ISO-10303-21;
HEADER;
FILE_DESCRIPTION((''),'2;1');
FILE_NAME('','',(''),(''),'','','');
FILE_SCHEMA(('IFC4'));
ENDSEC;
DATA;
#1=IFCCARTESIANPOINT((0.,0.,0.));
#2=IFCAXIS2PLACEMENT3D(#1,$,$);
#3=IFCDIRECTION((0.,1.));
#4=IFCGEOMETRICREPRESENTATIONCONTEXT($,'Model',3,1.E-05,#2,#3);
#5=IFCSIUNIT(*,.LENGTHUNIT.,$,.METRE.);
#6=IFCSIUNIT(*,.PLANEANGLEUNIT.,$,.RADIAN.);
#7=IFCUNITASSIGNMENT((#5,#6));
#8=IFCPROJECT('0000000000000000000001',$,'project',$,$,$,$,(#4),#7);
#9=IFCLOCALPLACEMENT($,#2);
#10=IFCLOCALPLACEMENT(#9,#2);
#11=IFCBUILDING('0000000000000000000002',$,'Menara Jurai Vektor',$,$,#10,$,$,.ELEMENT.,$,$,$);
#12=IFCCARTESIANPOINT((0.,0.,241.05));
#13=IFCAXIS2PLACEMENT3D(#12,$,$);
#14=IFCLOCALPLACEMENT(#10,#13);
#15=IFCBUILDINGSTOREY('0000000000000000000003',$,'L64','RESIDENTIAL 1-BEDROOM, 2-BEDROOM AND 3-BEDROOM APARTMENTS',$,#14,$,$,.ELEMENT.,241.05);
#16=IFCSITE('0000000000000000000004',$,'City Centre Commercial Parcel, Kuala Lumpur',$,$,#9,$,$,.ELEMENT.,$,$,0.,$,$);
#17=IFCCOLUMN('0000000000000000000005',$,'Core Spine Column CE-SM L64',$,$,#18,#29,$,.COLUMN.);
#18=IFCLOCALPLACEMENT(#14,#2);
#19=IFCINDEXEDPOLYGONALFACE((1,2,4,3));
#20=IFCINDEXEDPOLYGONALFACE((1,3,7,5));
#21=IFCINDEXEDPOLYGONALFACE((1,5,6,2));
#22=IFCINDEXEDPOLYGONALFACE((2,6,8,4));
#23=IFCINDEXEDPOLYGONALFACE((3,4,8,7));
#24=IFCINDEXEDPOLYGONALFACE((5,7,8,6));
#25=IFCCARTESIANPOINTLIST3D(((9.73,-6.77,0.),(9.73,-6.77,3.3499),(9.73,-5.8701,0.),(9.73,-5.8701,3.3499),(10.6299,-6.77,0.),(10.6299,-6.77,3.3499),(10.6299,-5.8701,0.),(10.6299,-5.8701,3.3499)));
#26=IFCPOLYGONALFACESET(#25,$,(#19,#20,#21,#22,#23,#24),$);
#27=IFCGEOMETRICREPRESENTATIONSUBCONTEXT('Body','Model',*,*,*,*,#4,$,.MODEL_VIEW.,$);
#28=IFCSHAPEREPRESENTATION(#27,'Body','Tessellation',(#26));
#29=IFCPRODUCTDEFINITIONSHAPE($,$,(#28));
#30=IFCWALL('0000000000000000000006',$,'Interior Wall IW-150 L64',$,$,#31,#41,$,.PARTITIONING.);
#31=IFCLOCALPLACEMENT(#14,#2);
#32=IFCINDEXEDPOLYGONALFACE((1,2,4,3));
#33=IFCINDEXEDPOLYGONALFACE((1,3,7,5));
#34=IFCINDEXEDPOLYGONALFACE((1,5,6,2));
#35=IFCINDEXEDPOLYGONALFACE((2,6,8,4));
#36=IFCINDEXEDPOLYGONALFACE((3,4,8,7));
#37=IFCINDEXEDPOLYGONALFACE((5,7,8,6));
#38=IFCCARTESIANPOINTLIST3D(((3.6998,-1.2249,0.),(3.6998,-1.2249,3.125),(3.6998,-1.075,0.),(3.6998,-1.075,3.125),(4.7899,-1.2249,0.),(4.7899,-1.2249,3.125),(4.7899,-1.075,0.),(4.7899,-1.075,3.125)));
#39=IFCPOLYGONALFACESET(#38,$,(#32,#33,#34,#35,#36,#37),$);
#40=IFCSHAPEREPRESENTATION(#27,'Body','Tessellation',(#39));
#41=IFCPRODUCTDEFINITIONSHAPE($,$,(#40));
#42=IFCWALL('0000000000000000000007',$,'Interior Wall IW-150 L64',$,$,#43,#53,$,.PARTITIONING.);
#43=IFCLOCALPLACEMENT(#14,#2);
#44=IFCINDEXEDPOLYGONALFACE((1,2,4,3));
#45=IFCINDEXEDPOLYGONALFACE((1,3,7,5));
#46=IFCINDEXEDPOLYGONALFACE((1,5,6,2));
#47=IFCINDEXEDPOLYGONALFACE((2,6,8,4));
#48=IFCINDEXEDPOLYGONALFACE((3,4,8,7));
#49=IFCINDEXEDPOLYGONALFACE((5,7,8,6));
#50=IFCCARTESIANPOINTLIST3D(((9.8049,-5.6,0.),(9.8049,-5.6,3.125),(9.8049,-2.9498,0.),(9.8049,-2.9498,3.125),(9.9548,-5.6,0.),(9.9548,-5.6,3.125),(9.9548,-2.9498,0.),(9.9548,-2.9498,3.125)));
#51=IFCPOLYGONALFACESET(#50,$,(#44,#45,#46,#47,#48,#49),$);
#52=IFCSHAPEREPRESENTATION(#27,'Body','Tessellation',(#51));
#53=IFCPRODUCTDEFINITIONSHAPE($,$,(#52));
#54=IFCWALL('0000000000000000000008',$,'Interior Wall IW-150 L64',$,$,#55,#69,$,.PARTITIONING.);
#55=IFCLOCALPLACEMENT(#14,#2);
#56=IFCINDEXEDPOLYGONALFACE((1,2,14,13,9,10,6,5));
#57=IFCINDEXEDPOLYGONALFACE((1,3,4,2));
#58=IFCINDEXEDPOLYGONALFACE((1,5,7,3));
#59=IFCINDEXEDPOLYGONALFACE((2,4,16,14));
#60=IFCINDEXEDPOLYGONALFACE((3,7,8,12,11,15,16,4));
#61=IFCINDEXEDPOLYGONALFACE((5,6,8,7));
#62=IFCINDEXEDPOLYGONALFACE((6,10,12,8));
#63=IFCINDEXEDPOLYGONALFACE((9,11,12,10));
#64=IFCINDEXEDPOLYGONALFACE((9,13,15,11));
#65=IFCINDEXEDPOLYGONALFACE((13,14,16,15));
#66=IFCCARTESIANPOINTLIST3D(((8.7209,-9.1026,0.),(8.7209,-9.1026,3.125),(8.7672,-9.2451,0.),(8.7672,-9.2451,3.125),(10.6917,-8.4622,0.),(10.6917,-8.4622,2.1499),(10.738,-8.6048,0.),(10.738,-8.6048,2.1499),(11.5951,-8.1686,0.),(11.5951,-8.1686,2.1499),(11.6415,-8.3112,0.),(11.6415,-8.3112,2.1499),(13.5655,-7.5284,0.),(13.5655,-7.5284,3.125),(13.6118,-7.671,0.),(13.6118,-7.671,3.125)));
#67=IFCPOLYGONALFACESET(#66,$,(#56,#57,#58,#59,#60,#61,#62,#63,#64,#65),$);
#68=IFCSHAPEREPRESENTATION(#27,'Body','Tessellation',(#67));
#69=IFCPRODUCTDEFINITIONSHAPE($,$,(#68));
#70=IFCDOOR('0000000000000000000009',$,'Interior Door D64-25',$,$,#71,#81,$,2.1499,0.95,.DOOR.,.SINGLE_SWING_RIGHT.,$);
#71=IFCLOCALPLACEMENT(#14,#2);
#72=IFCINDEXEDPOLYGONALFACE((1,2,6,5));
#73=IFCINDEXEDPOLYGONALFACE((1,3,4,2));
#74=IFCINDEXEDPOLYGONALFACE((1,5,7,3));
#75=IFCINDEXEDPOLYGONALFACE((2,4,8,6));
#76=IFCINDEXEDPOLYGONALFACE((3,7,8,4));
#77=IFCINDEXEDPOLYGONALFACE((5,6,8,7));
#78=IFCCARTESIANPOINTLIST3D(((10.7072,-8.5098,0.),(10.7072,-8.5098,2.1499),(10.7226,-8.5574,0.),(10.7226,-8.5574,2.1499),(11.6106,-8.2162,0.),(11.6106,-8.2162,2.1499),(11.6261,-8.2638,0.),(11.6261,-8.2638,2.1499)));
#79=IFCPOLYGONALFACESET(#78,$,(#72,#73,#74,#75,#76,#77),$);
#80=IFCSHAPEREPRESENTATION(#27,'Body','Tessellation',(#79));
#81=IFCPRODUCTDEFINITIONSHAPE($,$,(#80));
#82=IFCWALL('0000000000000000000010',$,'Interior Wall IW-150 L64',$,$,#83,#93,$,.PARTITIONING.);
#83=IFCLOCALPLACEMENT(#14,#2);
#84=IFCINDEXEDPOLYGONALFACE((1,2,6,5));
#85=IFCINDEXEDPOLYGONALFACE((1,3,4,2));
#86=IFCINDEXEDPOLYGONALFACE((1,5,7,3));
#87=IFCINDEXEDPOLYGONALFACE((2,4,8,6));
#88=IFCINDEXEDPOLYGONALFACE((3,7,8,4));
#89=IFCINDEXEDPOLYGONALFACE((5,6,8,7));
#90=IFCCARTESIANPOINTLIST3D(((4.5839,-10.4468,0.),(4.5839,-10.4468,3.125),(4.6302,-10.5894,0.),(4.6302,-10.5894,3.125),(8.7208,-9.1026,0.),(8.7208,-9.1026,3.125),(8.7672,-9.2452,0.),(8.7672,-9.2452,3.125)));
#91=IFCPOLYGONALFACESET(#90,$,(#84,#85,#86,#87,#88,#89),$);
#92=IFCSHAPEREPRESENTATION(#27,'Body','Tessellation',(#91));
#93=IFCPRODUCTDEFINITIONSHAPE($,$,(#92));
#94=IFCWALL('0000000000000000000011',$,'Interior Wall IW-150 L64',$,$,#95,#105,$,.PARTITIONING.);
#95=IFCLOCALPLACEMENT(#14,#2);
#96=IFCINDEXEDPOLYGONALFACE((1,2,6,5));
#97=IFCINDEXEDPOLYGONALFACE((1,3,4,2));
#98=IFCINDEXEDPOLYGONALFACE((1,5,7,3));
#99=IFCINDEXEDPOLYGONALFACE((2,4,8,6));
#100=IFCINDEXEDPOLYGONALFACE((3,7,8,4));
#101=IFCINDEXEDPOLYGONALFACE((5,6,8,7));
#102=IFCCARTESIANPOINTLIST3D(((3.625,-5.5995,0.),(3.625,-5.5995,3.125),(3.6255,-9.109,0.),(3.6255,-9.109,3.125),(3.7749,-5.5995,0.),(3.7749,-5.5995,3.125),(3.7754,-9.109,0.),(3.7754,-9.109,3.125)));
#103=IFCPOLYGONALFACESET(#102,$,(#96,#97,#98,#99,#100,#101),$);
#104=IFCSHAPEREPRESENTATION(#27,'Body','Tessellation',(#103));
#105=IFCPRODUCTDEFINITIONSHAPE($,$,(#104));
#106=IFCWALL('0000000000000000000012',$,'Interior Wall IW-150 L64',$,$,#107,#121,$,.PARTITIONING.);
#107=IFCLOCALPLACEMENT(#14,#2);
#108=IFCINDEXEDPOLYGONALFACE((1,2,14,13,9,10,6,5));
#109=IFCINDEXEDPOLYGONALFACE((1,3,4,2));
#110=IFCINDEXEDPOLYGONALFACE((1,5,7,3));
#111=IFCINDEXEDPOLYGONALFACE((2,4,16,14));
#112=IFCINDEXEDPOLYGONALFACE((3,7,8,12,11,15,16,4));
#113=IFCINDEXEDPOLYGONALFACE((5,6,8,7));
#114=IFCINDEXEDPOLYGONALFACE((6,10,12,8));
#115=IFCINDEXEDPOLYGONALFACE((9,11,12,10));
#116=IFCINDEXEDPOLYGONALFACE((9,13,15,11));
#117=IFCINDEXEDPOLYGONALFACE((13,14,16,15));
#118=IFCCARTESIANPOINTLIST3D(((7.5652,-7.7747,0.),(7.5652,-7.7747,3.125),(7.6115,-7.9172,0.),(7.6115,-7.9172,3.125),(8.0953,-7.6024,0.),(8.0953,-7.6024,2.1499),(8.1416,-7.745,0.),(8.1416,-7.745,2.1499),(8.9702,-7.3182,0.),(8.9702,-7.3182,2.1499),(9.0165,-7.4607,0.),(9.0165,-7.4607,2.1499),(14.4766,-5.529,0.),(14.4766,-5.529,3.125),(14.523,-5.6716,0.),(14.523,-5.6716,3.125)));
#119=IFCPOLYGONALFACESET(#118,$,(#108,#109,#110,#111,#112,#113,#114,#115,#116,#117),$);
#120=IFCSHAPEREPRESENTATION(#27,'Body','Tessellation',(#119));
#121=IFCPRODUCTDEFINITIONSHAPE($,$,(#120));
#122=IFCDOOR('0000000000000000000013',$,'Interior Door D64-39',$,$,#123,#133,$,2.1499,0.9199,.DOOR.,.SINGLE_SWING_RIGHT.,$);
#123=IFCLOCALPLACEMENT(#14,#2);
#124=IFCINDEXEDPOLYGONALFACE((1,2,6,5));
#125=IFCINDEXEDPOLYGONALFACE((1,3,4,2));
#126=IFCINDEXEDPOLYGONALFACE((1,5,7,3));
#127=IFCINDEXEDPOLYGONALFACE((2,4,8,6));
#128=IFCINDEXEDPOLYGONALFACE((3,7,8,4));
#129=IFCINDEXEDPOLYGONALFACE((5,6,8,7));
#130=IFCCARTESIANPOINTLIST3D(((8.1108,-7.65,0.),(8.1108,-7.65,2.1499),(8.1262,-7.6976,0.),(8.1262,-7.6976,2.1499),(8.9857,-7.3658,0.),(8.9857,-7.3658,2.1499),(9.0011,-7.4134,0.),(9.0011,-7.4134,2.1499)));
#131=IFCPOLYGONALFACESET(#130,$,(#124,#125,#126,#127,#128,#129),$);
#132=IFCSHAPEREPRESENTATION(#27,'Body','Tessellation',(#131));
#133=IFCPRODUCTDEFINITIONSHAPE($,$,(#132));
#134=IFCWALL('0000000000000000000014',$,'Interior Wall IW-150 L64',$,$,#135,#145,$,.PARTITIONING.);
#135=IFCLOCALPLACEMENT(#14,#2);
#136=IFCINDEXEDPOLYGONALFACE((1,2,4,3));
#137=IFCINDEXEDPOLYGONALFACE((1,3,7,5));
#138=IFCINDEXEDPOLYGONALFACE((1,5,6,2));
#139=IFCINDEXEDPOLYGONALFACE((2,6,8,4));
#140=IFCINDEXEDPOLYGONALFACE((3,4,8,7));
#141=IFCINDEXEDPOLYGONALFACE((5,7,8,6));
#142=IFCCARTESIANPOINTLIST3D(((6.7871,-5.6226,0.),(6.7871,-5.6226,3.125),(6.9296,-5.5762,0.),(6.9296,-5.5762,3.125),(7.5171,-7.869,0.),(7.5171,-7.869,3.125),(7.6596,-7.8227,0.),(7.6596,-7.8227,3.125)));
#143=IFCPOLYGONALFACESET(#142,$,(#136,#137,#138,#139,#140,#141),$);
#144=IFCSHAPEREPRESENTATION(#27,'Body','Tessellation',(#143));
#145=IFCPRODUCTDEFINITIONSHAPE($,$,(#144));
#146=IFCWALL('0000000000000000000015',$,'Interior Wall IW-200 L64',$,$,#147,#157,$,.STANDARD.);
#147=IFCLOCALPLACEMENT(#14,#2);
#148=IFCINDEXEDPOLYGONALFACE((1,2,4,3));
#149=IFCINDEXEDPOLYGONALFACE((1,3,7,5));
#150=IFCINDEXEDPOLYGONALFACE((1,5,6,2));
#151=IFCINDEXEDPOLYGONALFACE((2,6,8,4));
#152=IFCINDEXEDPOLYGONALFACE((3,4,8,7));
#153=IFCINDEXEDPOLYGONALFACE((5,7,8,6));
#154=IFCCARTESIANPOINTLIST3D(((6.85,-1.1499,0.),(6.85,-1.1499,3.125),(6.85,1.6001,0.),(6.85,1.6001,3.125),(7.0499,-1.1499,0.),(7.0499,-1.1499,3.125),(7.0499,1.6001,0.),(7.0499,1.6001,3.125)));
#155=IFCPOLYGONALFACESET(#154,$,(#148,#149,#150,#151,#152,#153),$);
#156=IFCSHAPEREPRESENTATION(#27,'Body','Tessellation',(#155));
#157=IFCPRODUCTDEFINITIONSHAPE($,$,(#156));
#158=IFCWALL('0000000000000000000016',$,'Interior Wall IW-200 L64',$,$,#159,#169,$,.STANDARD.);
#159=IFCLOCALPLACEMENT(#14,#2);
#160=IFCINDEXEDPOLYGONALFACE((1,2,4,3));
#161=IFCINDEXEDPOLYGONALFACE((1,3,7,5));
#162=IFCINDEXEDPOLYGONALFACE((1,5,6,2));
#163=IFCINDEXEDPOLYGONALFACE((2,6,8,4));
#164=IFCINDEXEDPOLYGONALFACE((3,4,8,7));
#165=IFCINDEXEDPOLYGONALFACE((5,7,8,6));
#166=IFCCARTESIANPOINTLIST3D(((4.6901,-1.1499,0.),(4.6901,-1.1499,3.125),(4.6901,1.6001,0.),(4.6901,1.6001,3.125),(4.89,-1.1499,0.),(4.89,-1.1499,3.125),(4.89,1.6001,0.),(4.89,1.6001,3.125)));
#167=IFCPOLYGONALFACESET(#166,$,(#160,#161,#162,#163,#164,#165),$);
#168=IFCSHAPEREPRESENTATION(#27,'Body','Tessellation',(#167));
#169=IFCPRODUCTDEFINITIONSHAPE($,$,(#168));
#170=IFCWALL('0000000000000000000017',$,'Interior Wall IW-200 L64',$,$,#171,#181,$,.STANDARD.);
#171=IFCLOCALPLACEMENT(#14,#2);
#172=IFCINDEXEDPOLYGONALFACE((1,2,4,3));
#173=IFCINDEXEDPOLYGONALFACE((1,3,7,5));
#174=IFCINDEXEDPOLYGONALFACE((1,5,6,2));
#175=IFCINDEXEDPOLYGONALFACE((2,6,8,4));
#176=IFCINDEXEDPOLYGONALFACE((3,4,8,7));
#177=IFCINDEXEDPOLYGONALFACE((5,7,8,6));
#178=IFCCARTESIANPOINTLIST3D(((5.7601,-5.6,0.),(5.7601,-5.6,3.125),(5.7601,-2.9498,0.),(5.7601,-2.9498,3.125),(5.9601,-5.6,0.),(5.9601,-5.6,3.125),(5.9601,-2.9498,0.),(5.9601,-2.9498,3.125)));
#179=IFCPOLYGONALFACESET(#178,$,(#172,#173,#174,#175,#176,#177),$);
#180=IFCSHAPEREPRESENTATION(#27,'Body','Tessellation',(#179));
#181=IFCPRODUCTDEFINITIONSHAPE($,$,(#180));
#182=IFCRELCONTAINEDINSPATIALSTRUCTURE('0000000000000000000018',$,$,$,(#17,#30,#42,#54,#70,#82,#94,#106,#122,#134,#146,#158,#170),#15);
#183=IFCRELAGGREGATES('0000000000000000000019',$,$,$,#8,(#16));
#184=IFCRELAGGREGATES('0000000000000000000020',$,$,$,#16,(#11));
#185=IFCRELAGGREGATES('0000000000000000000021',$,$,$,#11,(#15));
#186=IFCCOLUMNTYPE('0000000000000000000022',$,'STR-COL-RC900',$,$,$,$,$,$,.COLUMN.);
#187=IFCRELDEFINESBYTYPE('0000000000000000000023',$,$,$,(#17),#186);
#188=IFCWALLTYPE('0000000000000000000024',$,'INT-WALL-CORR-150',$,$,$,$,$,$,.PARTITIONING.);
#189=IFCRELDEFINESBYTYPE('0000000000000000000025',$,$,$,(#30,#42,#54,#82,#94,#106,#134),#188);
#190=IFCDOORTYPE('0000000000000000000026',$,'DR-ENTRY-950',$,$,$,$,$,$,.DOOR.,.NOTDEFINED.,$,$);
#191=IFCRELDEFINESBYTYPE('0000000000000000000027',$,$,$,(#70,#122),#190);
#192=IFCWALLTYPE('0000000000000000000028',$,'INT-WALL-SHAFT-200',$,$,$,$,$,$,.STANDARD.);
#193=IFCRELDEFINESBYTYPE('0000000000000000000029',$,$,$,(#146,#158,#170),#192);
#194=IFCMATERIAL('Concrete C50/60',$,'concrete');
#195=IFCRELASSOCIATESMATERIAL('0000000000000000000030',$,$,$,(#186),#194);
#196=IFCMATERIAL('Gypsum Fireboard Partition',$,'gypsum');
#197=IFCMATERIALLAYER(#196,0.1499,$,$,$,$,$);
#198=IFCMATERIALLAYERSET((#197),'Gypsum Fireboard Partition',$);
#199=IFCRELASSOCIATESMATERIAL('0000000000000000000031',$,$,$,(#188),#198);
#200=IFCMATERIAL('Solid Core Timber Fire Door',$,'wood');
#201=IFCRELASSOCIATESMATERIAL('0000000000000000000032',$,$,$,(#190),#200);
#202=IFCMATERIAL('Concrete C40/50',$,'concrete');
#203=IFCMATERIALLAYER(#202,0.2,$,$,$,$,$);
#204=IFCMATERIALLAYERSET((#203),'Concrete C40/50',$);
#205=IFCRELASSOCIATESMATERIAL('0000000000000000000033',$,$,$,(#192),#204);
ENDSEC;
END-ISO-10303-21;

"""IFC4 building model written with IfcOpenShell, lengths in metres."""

from ifc_helpers import new_model, si_unit, direction, frame, frame_2d, origin, origin_2d, place, context, subcontext, project, spatial, rectangle, extrude, material, layer, layer_set, material_profile, profile_set, type_object, element, fill, save


model = new_model("IFC4")

# Units and contexts
model_context = context("Model", 3, precision=1e-05, world=origin(), true_north=direction((0.0, 1.0)))
body_context = subcontext(model_context, "Body", "Model", "MODEL_VIEW")
ifc_project = project(units=[si_unit("LENGTHUNIT", "METRE"), si_unit("PLANEANGLEUNIT", "RADIAN")], contexts=[model_context])

# Site, building, storey
site_placement = place(None, origin())
site = spatial("IfcSite", under=ifc_project, at=site_placement, Name="City Centre Commercial Parcel, Kuala Lumpur", CompositionType="ELEMENT", RefElevation=0.0)
building_placement = place(site_placement, origin())
building = spatial("IfcBuilding", under=site, at=building_placement, Name="Menara Jurai Vektor", CompositionType="ELEMENT")
storey_placement = place(building_placement, frame((0.0, 0.0, 241.05)))
storey = spatial("IfcBuildingStorey", under=building, at=storey_placement, Name="L64", Description="RESIDENTIAL 1-BEDROOM, 2-BEDROOM AND 3-BEDROOM APARTMENTS", CompositionType="ELEMENT", Elevation=241.05)

# Column
ifc_material_1 = material(Name="Concrete C50/60", Category="concrete")
ifc_material_profile = material_profile(ifc_material_1, rectangle(XDim=0.8999, YDim=0.8999, at=origin_2d()), Name="RC 900x900")
ifc_profile_set = profile_set([ifc_material_profile], Name="Concrete C50/60")
column_type = type_object("IfcColumnType", Name="STR-COL-RC900", PredefinedType="COLUMN", material=ifc_profile_set)
column_placement = place(storey_placement, frame((10.1799, -6.3201, 0.0), z_axis=(0.0, 0.0, 1.0), x_axis=(1.0, 0.0, 0.0)))
element("IfcColumn", 1, at=column_placement, inside=storey, type_object=column_type, Name="Core Spine Column CE-SM L64", PredefinedType="COLUMN", context=body_context, shape_type="SweptSolid", body=[
    extrude(rectangle(XDim=0.8999, YDim=0.8999, at=origin_2d()), origin(), (0.0, 0.0, 1.0), 3.3499),
])

# Walls
ifc_material_2 = material(Name="Gypsum Fireboard Partition", Category="gypsum")
ifc_layer_1 = layer(ifc_material_2, 0.1499)
ifc_layer_set_1 = layer_set([ifc_layer_1], Name="Gypsum Fireboard Partition")
wall_type_1 = type_object("IfcWallType", Name="INT-WALL-CORR-150", PredefinedType="PARTITIONING", material=ifc_layer_set_1)
wall_1_placement = place(storey_placement, frame((3.7, -1.1499, 0.0), z_axis=(0.0, 0.0, 1.0), x_axis=(1.0, 0.0, 0.0)))
element("IfcWall", 2, at=wall_1_placement, inside=storey, type_object=wall_type_1, Name="Interior Wall IW-150 L64", PredefinedType="PARTITIONING", context=body_context, shape_type="SweptSolid", body=[
    extrude(rectangle(XDim=1.0901, YDim=0.1499, at=frame_2d((0.5449, 0.0))), origin(), (0.0, 0.0, 1.0), 3.125),
])
wall_2_placement = place(storey_placement, frame((9.8799, -5.6001, 0.0), z_axis=(0.0, 0.0, 1.0), x_axis=(0.0, 1.0, 0.0)))
element("IfcWall", 3, at=wall_2_placement, inside=storey, type_object=wall_type_1, Name="Interior Wall IW-150 L64", PredefinedType="PARTITIONING", context=body_context, shape_type="SweptSolid", body=[
    extrude(rectangle(XDim=2.6501, YDim=0.1499, at=frame_2d((1.3252, 0.0))), origin(), (0.0, 0.0, 1.0), 3.125),
])

# Wall, opening, door
wall_3_placement = place(storey_placement, frame((8.7441, -9.1738, 0.0), z_axis=(0.0, 0.0, 1.0), x_axis=(0.951052, 0.30903, 0.0)))
wall_3 = element("IfcWall", 4, at=wall_3_placement, inside=storey, type_object=wall_type_1, Name="Interior Wall IW-150 L64", PredefinedType="PARTITIONING", context=body_context, shape_type="SweptSolid", body=[
    extrude(rectangle(XDim=5.094, YDim=0.1499, at=frame_2d((2.5469, 0.0))), origin(), (0.0, 0.0, 1.0), 3.125),
])
opening_1_placement = place(wall_3_placement, frame((2.072, 0.0, 0.0)))
opening_1 = element("IfcOpeningElement", 5, at=opening_1_placement, cuts=wall_3, PredefinedType="OPENING", context=body_context, shape_type="SweptSolid", body=[
    extrude(rectangle(XDim=0.95, YDim=2.1499, at=frame_2d((0.4751, 1.075))), frame((0.0, 0.085, 0.0), z_axis=(0.0, -1.0, 0.0), x_axis=(1.0, 0.0, 0.0)), (0.0, 0.0, 1.0), 0.1699),
])
ifc_material_3 = material(Name="Solid Core Timber Fire Door", Category="wood")
door_type_1 = type_object("IfcDoorType", Name="DR-ENTRY-950", OperationType="NOTDEFINED", PredefinedType="DOOR", material=ifc_material_3)
door_1_placement = place(opening_1_placement, origin())
door_1 = element("IfcDoor", 6, at=door_1_placement, inside=storey, type_object=door_type_1, Name="Interior Door D64-25", OperationType="SINGLE_SWING_RIGHT", OverallHeight=2.1499, OverallWidth=0.95, PredefinedType="DOOR", context=body_context, shape_type="SweptSolid", body=[
    extrude(rectangle(XDim=0.95, YDim=2.1499, at=frame_2d((0.4751, 1.075))), frame((0.0, 0.0249, 0.0), z_axis=(0.0, -1.0, 0.0), x_axis=(1.0, 0.0, 0.0)), (0.0, 0.0, 1.0), 0.05),
])
fill(opening_1, door_1)

# Walls
wall_4_placement = place(storey_placement, frame((4.6072, -10.5181, 0.0), z_axis=(0.0, 0.0, 1.0), x_axis=(0.951053, 0.309029, 0.0)))
element("IfcWall", 7, at=wall_4_placement, inside=storey, type_object=wall_type_1, Name="Interior Wall IW-150 L64", PredefinedType="PARTITIONING", context=body_context, shape_type="SweptSolid", body=[
    extrude(rectangle(XDim=4.3499, YDim=0.1499, at=frame_2d((2.1748, 0.0))), origin(), (0.0, 0.0, 1.0), 3.125),
])
wall_5_placement = place(storey_placement, frame((3.7004, -9.1091, 0.0), z_axis=(0.0, 0.0, 1.0), x_axis=(-0.000139, 1.0, 0.0)))
element("IfcWall", 8, at=wall_5_placement, inside=storey, type_object=wall_type_1, Name="Interior Wall IW-150 L64", PredefinedType="PARTITIONING", context=body_context, shape_type="SweptSolid", body=[
    extrude(rectangle(XDim=3.5095, YDim=0.1499, at=frame_2d((1.7549, 0.0))), origin(), (0.0, 0.0, 1.0), 3.125),
])

# Wall, opening, door
wall_6_placement = place(storey_placement, frame((7.5884, -7.8459, 0.0), z_axis=(0.0, 0.0, 1.0), x_axis=(0.951058, 0.309012, 0.0)))
wall_6 = element("IfcWall", 9, at=wall_6_placement, inside=storey, type_object=wall_type_1, Name="Interior Wall IW-150 L64", PredefinedType="PARTITIONING", context=body_context, shape_type="SweptSolid", body=[
    extrude(rectangle(XDim=7.2671, YDim=0.1499, at=frame_2d((3.6335, 0.0))), origin(), (0.0, 0.0, 1.0), 3.125),
])
opening_2_placement = place(wall_6_placement, frame((0.5574, 0.0, 0.0)))
opening_2 = element("IfcOpeningElement", 10, at=opening_2_placement, cuts=wall_6, PredefinedType="OPENING", context=body_context, shape_type="SweptSolid", body=[
    extrude(rectangle(XDim=0.9199, YDim=2.1499, at=frame_2d((0.46, 1.075))), frame((0.0, 0.085, 0.0), z_axis=(0.0, -1.0, 0.0), x_axis=(1.0, 0.0, 0.0)), (0.0, 0.0, 1.0), 0.1699),
])
door_2_placement = place(opening_2_placement, origin())
door_2 = element("IfcDoor", 11, at=door_2_placement, inside=storey, type_object=door_type_1, Name="Interior Door D64-39", OperationType="SINGLE_SWING_RIGHT", OverallHeight=2.1499, OverallWidth=0.9199, PredefinedType="DOOR", context=body_context, shape_type="SweptSolid", body=[
    extrude(rectangle(XDim=0.9199, YDim=2.1499, at=frame_2d((0.46, 1.075))), frame((0.0, 0.0249, 0.0), z_axis=(0.0, -1.0, 0.0), x_axis=(1.0, 0.0, 0.0)), (0.0, 0.0, 1.0), 0.05),
])
fill(opening_2, door_2)

# Wall
wall_7_placement = place(storey_placement, frame((7.5884, -7.8459, 0.0), z_axis=(0.0, 0.0, 1.0), x_axis=(-0.309056, 0.951044, 0.0)))
element("IfcWall", 12, at=wall_7_placement, inside=storey, type_object=wall_type_1, Name="Interior Wall IW-150 L64", PredefinedType="PARTITIONING", context=body_context, shape_type="SweptSolid", body=[
    extrude(rectangle(XDim=2.3621, YDim=0.1499, at=frame_2d((1.1812, 0.0))), origin(), (0.0, 0.0, 1.0), 3.125),
])

# Shared definitions
ifc_material_4 = material(Name="Concrete C40/50", Category="concrete")
ifc_layer_2 = layer(ifc_material_4, 0.2)
ifc_layer_set_2 = layer_set([ifc_layer_2], Name="Concrete C40/50")
wall_type_2 = type_object("IfcWallType", Name="INT-WALL-SHAFT-200", PredefinedType="STANDARD", material=ifc_layer_set_2)

# Wall
wall_8_placement = place(storey_placement, frame((6.95, -1.1499, 0.0), z_axis=(0.0, 0.0, 1.0), x_axis=(0.0, 1.0, 0.0)))
element("IfcWall", 13, at=wall_8_placement, inside=storey, type_object=wall_type_2, Name="Interior Wall IW-200 L64", PredefinedType="STANDARD", context=body_context, shape_type="SweptSolid", body=[
    extrude(rectangle(XDim=2.75, YDim=0.2, at=frame_2d((1.375, 0.0))), origin(), (0.0, 0.0, 1.0), 3.125),
])

# Wall
wall_9_placement = place(storey_placement, frame((4.79, -1.1499, 0.0), z_axis=(0.0, 0.0, 1.0), x_axis=(0.0, 1.0, 0.0)))
element("IfcWall", 14, at=wall_9_placement, inside=storey, type_object=wall_type_2, Name="Interior Wall IW-200 L64", PredefinedType="STANDARD", context=body_context, shape_type="SweptSolid", body=[
    extrude(rectangle(XDim=2.75, YDim=0.2, at=frame_2d((1.375, 0.0))), origin(), (0.0, 0.0, 1.0), 3.125),
])

# Wall
wall_10_placement = place(storey_placement, frame((5.8601, -5.6001, 0.0), z_axis=(0.0, 0.0, 1.0), x_axis=(0.0, 1.0, 0.0)))
element("IfcWall", 15, at=wall_10_placement, inside=storey, type_object=wall_type_2, Name="Interior Wall IW-200 L64", PredefinedType="STANDARD", context=body_context, shape_type="SweptSolid", body=[
    extrude(rectangle(XDim=2.6501, YDim=0.2, at=frame_2d((1.3252, 0.0))), origin(), (0.0, 0.0, 1.0), 3.125),
])

save(model, "model.ifc")
